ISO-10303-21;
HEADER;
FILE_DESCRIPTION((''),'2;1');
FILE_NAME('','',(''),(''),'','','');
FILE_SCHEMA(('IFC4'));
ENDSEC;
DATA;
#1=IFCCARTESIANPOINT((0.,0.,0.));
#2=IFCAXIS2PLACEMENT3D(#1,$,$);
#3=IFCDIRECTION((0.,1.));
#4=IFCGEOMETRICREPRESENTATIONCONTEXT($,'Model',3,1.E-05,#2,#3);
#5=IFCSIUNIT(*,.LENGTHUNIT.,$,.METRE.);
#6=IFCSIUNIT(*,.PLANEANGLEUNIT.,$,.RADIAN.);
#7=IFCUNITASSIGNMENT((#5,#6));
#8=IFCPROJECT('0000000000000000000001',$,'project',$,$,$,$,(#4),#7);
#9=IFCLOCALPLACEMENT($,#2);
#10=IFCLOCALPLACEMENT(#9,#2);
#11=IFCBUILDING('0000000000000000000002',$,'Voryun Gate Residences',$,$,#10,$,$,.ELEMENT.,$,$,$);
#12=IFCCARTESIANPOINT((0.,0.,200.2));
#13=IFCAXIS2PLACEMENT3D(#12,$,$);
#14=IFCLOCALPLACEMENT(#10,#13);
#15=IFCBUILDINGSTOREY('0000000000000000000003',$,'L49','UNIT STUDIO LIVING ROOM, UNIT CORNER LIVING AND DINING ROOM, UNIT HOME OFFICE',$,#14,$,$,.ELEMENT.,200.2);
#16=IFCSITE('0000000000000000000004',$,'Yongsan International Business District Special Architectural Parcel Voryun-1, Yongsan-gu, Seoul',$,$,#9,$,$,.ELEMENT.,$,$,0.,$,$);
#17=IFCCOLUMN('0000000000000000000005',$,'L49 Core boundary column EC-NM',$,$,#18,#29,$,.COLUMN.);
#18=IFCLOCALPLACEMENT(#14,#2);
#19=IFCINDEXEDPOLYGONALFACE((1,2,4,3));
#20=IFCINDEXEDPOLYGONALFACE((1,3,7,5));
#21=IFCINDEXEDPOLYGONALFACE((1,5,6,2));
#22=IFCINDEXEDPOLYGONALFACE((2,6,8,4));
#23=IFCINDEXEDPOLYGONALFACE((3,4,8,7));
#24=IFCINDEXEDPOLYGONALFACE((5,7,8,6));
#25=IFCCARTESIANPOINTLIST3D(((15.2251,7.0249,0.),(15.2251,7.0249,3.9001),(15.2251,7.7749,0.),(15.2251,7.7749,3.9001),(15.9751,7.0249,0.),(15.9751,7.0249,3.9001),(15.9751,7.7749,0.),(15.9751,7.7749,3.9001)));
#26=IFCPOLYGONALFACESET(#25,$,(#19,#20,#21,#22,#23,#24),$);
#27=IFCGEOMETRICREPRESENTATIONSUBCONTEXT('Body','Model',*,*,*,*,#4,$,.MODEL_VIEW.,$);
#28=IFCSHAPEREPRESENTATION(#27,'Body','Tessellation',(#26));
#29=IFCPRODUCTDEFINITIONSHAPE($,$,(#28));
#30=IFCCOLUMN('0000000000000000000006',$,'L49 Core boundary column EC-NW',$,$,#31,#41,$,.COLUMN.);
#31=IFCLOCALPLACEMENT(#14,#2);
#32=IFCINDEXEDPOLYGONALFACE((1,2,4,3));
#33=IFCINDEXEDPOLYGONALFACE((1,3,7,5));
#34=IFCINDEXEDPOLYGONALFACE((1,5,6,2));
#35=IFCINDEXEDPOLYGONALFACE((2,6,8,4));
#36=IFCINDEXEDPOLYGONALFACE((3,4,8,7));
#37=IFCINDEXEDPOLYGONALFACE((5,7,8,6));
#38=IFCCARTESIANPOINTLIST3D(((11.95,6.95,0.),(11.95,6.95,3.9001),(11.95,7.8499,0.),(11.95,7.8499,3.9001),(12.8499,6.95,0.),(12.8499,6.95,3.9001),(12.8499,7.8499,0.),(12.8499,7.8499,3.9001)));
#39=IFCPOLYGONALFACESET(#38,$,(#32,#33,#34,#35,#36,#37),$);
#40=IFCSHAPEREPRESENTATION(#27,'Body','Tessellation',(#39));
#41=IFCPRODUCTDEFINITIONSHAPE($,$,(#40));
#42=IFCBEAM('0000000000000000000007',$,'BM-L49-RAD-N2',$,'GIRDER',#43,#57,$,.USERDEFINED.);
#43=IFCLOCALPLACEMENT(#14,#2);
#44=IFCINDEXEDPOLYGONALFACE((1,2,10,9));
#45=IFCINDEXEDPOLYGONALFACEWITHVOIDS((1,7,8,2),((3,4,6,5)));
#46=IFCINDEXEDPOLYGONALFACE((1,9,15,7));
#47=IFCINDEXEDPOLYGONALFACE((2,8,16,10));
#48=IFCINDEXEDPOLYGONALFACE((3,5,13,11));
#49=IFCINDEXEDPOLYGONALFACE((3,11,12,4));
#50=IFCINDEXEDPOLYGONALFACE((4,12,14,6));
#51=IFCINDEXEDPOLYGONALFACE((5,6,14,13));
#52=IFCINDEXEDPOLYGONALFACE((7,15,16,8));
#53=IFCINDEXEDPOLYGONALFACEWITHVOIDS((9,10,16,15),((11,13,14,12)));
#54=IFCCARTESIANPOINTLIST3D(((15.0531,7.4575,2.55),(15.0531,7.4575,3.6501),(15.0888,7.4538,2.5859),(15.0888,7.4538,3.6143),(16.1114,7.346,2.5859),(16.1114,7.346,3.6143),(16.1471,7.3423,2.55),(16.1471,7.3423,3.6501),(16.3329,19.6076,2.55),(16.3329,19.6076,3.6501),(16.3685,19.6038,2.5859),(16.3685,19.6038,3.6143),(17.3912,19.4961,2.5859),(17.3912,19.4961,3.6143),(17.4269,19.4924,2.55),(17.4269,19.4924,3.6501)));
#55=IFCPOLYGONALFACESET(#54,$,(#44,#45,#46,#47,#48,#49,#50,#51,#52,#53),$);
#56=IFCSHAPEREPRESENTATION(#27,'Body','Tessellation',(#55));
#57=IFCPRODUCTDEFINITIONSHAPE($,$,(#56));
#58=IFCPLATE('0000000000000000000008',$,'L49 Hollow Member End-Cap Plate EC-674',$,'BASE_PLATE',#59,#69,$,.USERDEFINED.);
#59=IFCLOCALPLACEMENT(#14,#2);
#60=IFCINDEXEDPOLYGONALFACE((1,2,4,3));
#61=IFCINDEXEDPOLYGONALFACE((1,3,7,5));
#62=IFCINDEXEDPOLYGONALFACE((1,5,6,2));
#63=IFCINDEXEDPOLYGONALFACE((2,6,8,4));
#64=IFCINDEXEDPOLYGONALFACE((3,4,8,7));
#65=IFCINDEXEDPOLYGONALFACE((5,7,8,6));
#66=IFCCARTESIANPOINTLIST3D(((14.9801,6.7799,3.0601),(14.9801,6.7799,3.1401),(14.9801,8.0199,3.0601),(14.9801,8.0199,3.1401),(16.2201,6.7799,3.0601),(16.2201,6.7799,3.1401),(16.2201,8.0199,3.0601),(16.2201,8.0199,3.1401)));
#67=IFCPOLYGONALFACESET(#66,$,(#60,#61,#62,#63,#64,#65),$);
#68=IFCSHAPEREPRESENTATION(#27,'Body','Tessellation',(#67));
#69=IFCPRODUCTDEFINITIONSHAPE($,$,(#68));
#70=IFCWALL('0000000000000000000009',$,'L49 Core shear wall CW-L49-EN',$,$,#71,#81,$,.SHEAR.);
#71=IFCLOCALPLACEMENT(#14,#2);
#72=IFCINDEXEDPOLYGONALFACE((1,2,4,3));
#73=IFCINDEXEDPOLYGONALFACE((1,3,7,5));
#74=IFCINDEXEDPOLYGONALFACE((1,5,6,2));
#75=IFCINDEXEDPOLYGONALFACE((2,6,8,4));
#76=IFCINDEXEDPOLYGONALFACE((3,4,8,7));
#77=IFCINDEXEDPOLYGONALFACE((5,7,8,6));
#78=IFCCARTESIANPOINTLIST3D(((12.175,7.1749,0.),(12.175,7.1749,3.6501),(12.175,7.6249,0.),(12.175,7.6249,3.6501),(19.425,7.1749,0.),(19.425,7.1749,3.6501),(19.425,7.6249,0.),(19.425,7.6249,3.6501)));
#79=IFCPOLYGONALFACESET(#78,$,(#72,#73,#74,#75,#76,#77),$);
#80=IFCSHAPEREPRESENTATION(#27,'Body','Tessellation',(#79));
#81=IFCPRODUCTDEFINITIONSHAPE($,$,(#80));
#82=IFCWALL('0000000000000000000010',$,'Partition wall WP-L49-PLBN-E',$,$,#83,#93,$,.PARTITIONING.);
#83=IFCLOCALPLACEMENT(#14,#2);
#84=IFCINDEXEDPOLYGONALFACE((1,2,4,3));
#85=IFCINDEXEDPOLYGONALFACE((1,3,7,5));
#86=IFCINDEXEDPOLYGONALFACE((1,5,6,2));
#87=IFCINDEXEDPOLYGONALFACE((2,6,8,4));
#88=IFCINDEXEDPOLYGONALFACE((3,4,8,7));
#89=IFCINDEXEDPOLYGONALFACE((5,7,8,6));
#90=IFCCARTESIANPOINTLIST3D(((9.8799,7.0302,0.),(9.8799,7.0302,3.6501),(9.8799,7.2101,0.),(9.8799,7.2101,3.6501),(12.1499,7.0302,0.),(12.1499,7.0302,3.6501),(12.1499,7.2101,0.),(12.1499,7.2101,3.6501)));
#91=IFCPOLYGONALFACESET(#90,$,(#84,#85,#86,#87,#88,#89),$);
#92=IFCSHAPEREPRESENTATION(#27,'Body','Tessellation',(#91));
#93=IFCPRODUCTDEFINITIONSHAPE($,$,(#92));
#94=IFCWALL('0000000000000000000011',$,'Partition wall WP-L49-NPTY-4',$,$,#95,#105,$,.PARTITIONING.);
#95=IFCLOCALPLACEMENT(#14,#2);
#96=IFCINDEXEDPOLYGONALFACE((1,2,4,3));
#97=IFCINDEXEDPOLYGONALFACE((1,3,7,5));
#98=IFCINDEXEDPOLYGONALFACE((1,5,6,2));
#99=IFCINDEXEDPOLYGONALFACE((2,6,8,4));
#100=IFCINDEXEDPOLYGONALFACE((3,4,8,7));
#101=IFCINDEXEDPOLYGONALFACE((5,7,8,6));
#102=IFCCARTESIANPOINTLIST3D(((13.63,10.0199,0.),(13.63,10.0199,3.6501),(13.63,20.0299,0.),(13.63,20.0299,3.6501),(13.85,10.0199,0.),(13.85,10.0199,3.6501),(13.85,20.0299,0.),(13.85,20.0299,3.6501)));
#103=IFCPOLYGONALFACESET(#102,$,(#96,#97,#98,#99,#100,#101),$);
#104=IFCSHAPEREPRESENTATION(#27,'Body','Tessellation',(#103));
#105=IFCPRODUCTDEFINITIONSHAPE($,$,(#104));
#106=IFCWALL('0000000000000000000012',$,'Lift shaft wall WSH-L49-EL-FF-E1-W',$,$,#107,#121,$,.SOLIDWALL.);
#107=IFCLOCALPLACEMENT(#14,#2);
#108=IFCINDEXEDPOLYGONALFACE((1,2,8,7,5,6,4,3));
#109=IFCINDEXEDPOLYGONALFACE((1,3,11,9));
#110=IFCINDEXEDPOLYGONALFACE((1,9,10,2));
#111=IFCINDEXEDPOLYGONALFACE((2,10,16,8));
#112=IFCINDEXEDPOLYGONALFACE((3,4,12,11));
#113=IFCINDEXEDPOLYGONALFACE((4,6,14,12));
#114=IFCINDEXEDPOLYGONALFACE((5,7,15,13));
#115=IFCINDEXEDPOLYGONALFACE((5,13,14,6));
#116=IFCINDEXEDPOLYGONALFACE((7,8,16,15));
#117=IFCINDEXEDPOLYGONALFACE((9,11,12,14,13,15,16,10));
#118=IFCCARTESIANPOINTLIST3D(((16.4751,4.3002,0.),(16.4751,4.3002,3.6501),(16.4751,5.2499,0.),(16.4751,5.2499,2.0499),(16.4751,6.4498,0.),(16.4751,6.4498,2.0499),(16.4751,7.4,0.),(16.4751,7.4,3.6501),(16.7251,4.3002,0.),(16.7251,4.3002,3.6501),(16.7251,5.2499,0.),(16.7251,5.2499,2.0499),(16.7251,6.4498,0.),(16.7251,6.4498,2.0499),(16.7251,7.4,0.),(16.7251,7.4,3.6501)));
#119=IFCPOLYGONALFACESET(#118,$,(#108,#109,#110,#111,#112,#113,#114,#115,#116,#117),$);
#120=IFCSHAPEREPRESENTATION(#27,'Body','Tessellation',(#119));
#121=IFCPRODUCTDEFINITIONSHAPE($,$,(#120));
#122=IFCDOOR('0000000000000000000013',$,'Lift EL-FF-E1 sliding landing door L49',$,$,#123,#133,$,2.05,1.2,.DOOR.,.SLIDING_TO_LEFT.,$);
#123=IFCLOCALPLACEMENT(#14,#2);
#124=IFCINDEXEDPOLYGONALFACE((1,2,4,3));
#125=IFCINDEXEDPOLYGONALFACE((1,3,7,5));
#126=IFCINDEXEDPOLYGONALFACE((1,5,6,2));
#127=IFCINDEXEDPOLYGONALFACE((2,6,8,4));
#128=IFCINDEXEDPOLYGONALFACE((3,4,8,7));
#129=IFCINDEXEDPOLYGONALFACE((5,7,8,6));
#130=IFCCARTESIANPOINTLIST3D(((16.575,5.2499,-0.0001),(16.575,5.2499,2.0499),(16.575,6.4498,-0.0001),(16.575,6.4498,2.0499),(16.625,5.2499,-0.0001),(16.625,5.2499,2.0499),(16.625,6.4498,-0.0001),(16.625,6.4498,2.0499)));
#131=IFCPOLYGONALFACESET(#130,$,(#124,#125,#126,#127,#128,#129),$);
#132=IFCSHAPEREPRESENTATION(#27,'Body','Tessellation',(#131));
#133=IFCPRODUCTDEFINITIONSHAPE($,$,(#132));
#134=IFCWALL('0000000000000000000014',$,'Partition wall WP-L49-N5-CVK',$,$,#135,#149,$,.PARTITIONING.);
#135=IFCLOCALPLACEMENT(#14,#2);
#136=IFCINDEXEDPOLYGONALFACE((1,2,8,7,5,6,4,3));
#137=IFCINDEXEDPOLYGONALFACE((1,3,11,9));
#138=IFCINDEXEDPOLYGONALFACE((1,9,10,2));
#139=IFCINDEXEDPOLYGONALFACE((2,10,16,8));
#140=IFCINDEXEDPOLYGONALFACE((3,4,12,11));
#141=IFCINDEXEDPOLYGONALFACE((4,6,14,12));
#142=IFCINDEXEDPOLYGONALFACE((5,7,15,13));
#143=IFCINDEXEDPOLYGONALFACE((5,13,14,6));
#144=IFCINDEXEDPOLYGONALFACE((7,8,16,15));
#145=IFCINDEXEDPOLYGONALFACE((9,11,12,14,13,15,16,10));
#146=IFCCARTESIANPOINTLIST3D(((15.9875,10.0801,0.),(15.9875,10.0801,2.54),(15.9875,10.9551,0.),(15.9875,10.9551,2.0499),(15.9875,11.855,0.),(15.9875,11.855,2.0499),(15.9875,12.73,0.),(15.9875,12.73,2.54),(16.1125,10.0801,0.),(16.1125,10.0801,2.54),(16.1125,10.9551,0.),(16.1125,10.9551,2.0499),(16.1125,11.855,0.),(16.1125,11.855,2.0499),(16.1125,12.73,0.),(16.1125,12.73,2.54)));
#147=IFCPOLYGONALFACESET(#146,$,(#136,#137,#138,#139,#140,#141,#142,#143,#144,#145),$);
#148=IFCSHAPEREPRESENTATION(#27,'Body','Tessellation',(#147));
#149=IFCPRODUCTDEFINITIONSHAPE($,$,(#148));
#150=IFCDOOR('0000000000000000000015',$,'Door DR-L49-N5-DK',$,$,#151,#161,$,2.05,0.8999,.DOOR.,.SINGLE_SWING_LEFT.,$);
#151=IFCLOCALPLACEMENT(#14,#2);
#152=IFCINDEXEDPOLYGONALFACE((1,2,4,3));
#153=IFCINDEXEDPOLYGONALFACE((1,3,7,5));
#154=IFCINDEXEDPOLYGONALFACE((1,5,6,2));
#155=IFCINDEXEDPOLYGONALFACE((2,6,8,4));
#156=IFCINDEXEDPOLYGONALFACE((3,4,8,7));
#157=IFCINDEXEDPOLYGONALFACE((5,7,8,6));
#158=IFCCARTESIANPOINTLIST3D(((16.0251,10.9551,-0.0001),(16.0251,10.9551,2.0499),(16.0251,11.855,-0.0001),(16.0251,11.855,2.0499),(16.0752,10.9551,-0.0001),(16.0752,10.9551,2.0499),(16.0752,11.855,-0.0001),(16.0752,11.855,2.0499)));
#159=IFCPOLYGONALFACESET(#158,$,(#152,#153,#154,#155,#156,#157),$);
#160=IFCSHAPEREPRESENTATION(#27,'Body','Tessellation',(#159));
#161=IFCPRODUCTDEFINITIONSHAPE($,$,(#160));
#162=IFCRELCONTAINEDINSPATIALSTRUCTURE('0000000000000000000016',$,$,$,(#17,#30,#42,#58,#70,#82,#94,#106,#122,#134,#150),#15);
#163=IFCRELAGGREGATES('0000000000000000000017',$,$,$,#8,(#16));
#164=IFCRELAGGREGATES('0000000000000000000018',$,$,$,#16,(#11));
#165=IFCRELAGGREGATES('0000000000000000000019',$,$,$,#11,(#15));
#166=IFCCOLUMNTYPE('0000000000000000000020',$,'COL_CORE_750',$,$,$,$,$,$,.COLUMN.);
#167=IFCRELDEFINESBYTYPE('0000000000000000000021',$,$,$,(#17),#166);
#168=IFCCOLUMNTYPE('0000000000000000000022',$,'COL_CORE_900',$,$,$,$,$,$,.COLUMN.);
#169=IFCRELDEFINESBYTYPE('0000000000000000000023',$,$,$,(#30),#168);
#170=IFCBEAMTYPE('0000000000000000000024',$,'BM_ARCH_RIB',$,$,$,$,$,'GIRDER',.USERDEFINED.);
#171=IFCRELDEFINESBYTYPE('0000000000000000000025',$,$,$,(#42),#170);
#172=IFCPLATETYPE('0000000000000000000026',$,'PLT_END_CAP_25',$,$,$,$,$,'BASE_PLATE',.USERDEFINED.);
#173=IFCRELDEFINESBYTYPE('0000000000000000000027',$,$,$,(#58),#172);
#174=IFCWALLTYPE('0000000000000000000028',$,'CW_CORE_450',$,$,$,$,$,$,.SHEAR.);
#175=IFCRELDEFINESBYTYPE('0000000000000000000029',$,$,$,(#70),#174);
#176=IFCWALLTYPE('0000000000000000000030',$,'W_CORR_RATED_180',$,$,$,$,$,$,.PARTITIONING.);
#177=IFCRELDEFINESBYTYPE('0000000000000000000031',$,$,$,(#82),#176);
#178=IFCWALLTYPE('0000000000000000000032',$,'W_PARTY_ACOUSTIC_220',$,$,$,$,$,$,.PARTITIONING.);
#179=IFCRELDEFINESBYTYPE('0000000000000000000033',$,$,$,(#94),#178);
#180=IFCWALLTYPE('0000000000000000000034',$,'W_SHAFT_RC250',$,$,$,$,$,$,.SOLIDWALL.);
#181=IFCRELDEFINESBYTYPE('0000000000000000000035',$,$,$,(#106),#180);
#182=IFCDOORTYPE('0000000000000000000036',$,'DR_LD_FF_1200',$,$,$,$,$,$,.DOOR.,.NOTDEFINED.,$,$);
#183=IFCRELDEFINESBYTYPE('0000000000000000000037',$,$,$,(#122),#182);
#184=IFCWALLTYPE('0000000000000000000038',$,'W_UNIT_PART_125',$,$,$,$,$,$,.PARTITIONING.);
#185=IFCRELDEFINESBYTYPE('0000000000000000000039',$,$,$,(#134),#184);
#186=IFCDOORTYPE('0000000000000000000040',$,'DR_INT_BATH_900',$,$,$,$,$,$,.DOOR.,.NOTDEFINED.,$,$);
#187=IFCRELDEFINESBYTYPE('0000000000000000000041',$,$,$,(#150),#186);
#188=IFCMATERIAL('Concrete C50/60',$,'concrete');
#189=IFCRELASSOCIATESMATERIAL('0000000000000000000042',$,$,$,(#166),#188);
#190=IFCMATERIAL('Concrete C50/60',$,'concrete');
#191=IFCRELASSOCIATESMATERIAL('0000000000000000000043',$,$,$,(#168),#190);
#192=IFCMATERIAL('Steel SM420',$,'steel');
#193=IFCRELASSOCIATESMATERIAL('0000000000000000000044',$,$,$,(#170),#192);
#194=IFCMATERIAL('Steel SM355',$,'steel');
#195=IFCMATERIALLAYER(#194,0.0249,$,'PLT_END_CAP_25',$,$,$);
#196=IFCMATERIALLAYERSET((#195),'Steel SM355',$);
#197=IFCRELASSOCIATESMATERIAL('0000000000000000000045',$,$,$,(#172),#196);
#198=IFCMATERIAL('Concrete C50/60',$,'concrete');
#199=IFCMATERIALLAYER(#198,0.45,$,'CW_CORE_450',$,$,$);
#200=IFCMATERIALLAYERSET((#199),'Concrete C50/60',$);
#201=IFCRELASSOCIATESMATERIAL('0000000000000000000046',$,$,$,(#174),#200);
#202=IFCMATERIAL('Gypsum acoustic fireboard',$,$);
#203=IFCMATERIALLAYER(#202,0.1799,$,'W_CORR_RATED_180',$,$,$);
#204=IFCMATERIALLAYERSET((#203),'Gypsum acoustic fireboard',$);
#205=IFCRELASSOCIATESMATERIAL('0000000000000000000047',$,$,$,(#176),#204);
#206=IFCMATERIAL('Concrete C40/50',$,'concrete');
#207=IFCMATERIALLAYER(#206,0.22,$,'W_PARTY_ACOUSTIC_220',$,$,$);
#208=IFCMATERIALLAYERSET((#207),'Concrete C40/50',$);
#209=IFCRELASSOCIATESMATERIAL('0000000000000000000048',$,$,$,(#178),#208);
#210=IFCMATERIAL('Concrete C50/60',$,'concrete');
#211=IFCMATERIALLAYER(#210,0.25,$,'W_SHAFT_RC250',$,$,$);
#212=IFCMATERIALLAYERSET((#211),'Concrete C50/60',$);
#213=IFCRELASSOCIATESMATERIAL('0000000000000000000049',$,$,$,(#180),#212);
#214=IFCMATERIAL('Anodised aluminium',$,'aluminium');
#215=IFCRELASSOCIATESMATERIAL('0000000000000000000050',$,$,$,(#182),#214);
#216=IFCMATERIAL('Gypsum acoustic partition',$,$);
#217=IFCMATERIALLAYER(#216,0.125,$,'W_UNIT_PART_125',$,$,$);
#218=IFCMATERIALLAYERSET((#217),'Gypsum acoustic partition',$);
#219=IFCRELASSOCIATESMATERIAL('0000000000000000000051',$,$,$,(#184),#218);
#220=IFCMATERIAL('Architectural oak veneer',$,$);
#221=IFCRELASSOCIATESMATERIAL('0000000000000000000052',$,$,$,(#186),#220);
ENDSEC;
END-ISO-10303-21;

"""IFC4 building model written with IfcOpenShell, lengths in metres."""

from ifc_helpers import new_model, si_unit, direction, frame, frame_2d, origin, origin_2d, place, context, subcontext, project, spatial, rectangle, hollow_rectangle, extrude, material, layer, layer_set, material_profile, profile_set, type_object, element, fill, save


model = new_model("IFC4")

# Units and contexts
model_context = context("Model", 3, precision=1e-05, world=origin(), true_north=direction((0.0, 1.0)))
body_context = subcontext(model_context, "Body", "Model", "MODEL_VIEW")
ifc_project = project(units=[si_unit("LENGTHUNIT", "METRE"), si_unit("PLANEANGLEUNIT", "RADIAN")], contexts=[model_context])

# Site, building, storey
site_placement = place(None, origin())
site = spatial("IfcSite", under=ifc_project, at=site_placement, Name="Yongsan International Business District Special Architectural Parcel Voryun-1, Yongsan-gu, Seoul", CompositionType="ELEMENT", RefElevation=0.0)
building_placement = place(site_placement, origin())
building = spatial("IfcBuilding", under=site, at=building_placement, Name="Voryun Gate Residences", CompositionType="ELEMENT")
storey_placement = place(building_placement, frame((0.0, 0.0, 200.2)))
storey = spatial("IfcBuildingStorey", under=building, at=storey_placement, Name="L49", Description="UNIT STUDIO LIVING ROOM, UNIT CORNER LIVING AND DINING ROOM, UNIT HOME OFFICE", CompositionType="ELEMENT", Elevation=200.2)

# Columns
ifc_material_1 = material(Name="Concrete C50/60", Category="concrete")
ifc_material_profile_1 = material_profile(ifc_material_1, rectangle(XDim=0.75, YDim=0.75, at=origin_2d()), Name="RC-750x750")
ifc_profile_set_1 = profile_set([ifc_material_profile_1], Name="Concrete C50/60")
column_type_1 = type_object("IfcColumnType", Name="COL_CORE_750", PredefinedType="COLUMN", material=ifc_profile_set_1)
column_1_placement = place(storey_placement, frame((15.6001, 7.3999, 0.0), z_axis=(0.0, 0.0, 1.0), x_axis=(1.0, 0.0, 0.0)))
element("IfcColumn", 1, at=column_1_placement, inside=storey, type_object=column_type_1, Name="L49 Core boundary column EC-NM", PredefinedType="COLUMN", context=body_context, shape_type="SweptSolid", body=[
    extrude(rectangle(XDim=0.75, YDim=0.75, at=origin_2d()), origin(), (0.0, 0.0, 1.0), 3.9001),
])
ifc_material_2 = material(Name="Concrete C50/60", Category="concrete")
ifc_material_profile_2 = material_profile(ifc_material_2, rectangle(XDim=0.8999, YDim=0.8999, at=origin_2d()), Name="RC-900x900")
ifc_profile_set_2 = profile_set([ifc_material_profile_2], Name="Concrete C50/60")
column_type_2 = type_object("IfcColumnType", Name="COL_CORE_900", PredefinedType="COLUMN", material=ifc_profile_set_2)
column_2_placement = place(storey_placement, frame((12.3999, 7.3999, 0.0), z_axis=(0.0, 0.0, 1.0), x_axis=(1.0, 0.0, 0.0)))
element("IfcColumn", 2, at=column_2_placement, inside=storey, type_object=column_type_2, Name="L49 Core boundary column EC-NW", PredefinedType="COLUMN", context=body_context, shape_type="SweptSolid", body=[
    extrude(rectangle(XDim=0.8999, YDim=0.8999, at=origin_2d()), origin(), (0.0, 0.0, 1.0), 3.9001),
])

# Beam
ifc_material_3 = material(Name="Steel SM420", Category="steel")
ifc_material_profile_3 = material_profile(ifc_material_3, hollow_rectangle(XDim=1.1001, YDim=1.1001, WallThickness=0.0359, at=origin_2d()), Name="BOX-1100x1100x36")
ifc_profile_set_3 = profile_set([ifc_material_profile_3], Name="Steel SM420")
beam_type = type_object("IfcBeamType", Name="BM_ARCH_RIB", ElementType="GIRDER", PredefinedType="USERDEFINED", material=ifc_profile_set_3)
beam_placement = place(storey_placement, frame((15.6001, 7.3999, 3.1001), z_axis=(0.104751, 0.994498, 0.0), x_axis=(-0.994498, 0.104751, 0.0)))
element("IfcBeam", 3, at=beam_placement, inside=storey, type_object=beam_type, Name="BM-L49-RAD-N2", ObjectType="GIRDER", PredefinedType="USERDEFINED", context=body_context, shape_type="SweptSolid", body=[
    extrude(hollow_rectangle(XDim=1.1001, YDim=1.1001, WallThickness=0.0359, at=origin_2d()), origin(), (0.0, 0.0, 1.0), 12.2173),
])

# Plate
ifc_material_4 = material(Name="Steel SM355", Category="steel")
ifc_layer_1 = layer(ifc_material_4, 0.0249, Name="PLT_END_CAP_25")
ifc_layer_set_1 = layer_set([ifc_layer_1], Name="Steel SM355")
plate_type = type_object("IfcPlateType", Name="PLT_END_CAP_25", ElementType="BASE_PLATE", PredefinedType="USERDEFINED", material=ifc_layer_set_1)
plate_placement = place(storey_placement, frame((15.6001, 7.3999, 3.0601), z_axis=(0.0, 0.0, 1.0), x_axis=(1.0, 0.0, 0.0)))
element("IfcPlate", 4, at=plate_placement, inside=storey, type_object=plate_type, Name="L49 Hollow Member End-Cap Plate EC-674", ObjectType="BASE_PLATE", PredefinedType="USERDEFINED", context=body_context, shape_type="SweptSolid", body=[
    extrude(rectangle(XDim=1.24, YDim=1.24, at=origin_2d()), origin(), (0.0, 0.0, 1.0), 0.0801),
])

# Walls
ifc_material_5 = material(Name="Concrete C50/60", Category="concrete")
ifc_layer_2 = layer(ifc_material_5, 0.45, Name="CW_CORE_450")
ifc_layer_set_2 = layer_set([ifc_layer_2], Name="Concrete C50/60")
wall_type_1 = type_object("IfcWallType", Name="CW_CORE_450", PredefinedType="SHEAR", material=ifc_layer_set_2)
wall_1_placement = place(storey_placement, frame((12.175, 7.3999, 0.0), z_axis=(0.0, 0.0, 1.0), x_axis=(1.0, 0.0, 0.0)))
element("IfcWall", 5, at=wall_1_placement, inside=storey, type_object=wall_type_1, Name="L49 Core shear wall CW-L49-EN", PredefinedType="SHEAR", context=body_context, shape_type="SweptSolid", body=[
    extrude(rectangle(XDim=7.25, YDim=0.45, at=frame_2d((3.625, 0.0))), origin(), (0.0, 0.0, 1.0), 3.6501),
])
ifc_material_6 = material(Name="Gypsum acoustic fireboard")
ifc_layer_3 = layer(ifc_material_6, 0.1799, Name="W_CORR_RATED_180")
ifc_layer_set_3 = layer_set([ifc_layer_3], Name="Gypsum acoustic fireboard")
wall_type_2 = type_object("IfcWallType", Name="W_CORR_RATED_180", PredefinedType="PARTITIONING", material=ifc_layer_set_3)
wall_2_placement = place(storey_placement, frame((9.8799, 7.1201, 0.0), z_axis=(0.0, 0.0, 1.0), x_axis=(1.0, 0.0, 0.0)))
element("IfcWall", 6, at=wall_2_placement, inside=storey, type_object=wall_type_2, Name="Partition wall WP-L49-PLBN-E", PredefinedType="PARTITIONING", context=body_context, shape_type="SweptSolid", body=[
    extrude(rectangle(XDim=2.27, YDim=0.1799, at=frame_2d((1.135, 0.0))), origin(), (0.0, 0.0, 1.0), 3.6501),
])
ifc_material_7 = material(Name="Concrete C40/50", Category="concrete")
ifc_layer_4 = layer(ifc_material_7, 0.22, Name="W_PARTY_ACOUSTIC_220")
ifc_layer_set_4 = layer_set([ifc_layer_4], Name="Concrete C40/50")
wall_type_3 = type_object("IfcWallType", Name="W_PARTY_ACOUSTIC_220", PredefinedType="PARTITIONING", material=ifc_layer_set_4)
wall_3_placement = place(storey_placement, frame((13.74, 10.02, 0.0), z_axis=(0.0, 0.0, 1.0), x_axis=(0.0, 1.0, 0.0)))
element("IfcWall", 7, at=wall_3_placement, inside=storey, type_object=wall_type_3, Name="Partition wall WP-L49-NPTY-4", PredefinedType="PARTITIONING", context=body_context, shape_type="SweptSolid", body=[
    extrude(rectangle(XDim=10.01, YDim=0.22, at=frame_2d((5.0049, 0.0))), origin(), (0.0, 0.0, 1.0), 3.6501),
])

# Walls, openings, doors
ifc_material_8 = material(Name="Concrete C50/60", Category="concrete")
ifc_layer_5 = layer(ifc_material_8, 0.25, Name="W_SHAFT_RC250")
ifc_layer_set_5 = layer_set([ifc_layer_5], Name="Concrete C50/60")
wall_type_4 = type_object("IfcWallType", Name="W_SHAFT_RC250", PredefinedType="SOLIDWALL", material=ifc_layer_set_5)
wall_4_placement = place(storey_placement, frame((16.6001, 7.3999, 0.0), z_axis=(0.0, 0.0, 1.0), x_axis=(0.0, -1.0, 0.0)))
wall_4 = element("IfcWall", 8, at=wall_4_placement, inside=storey, type_object=wall_type_4, Name="Lift shaft wall WSH-L49-EL-FF-E1-W", PredefinedType="SOLIDWALL", context=body_context, shape_type="SweptSolid", body=[
    extrude(rectangle(XDim=3.0999, YDim=0.25, at=frame_2d((1.5498, 0.0))), origin(), (0.0, 0.0, 1.0), 3.6501),
])
opening_1_placement = place(wall_4_placement, frame((0.95, 0.0, 0.0)))
opening_1 = element("IfcOpeningElement", 9, at=opening_1_placement, cuts=wall_4, PredefinedType="OPENING", context=body_context, shape_type="SweptSolid", body=[
    extrude(rectangle(XDim=1.2, YDim=2.05, at=frame_2d((0.6001, 1.0249))), frame((0.0, 0.135, 0.0), z_axis=(0.0, -1.0, 0.0), x_axis=(1.0, 0.0, 0.0)), (0.0, 0.0, 1.0), 0.27),
])
ifc_material_9 = material(Name="Anodised aluminium", Category="aluminium")
door_type_1 = type_object("IfcDoorType", Name="DR_LD_FF_1200", OperationType="NOTDEFINED", PredefinedType="DOOR", material=ifc_material_9)
door_1_placement = place(opening_1_placement, origin())
door_1 = element("IfcDoor", 10, at=door_1_placement, inside=storey, type_object=door_type_1, Name="Lift EL-FF-E1 sliding landing door L49", OperationType="SLIDING_TO_LEFT", OverallHeight=2.05, OverallWidth=1.2, PredefinedType="DOOR", context=body_context, shape_type="SweptSolid", body=[
    extrude(rectangle(XDim=1.2, YDim=2.05, at=frame_2d((0.6001, 1.0249))), frame((0.0, 0.0249, 0.0), z_axis=(0.0, -1.0, 0.0), x_axis=(1.0, 0.0, 0.0)), (0.0, 0.0, 1.0), 0.05),
])
fill(opening_1, door_1)
ifc_material_10 = material(Name="Gypsum acoustic partition")
ifc_layer_6 = layer(ifc_material_10, 0.125, Name="W_UNIT_PART_125")
ifc_layer_set_6 = layer_set([ifc_layer_6], Name="Gypsum acoustic partition")
wall_type_5 = type_object("IfcWallType", Name="W_UNIT_PART_125", PredefinedType="PARTITIONING", material=ifc_layer_set_6)
wall_5_placement = place(storey_placement, frame((16.05, 10.0801, 0.0), z_axis=(0.0, 0.0, 1.0), x_axis=(0.0, 1.0, 0.0)))
wall_5 = element("IfcWall", 11, at=wall_5_placement, inside=storey, type_object=wall_type_5, Name="Partition wall WP-L49-N5-CVK", PredefinedType="PARTITIONING", context=body_context, shape_type="SweptSolid", body=[
    extrude(rectangle(XDim=2.6499, YDim=0.125, at=frame_2d((1.325, 0.0))), origin(), (0.0, 0.0, 1.0), 2.54),
])
opening_2_placement = place(wall_5_placement, frame((0.875, 0.0, 0.0)))
opening_2 = element("IfcOpeningElement", 12, at=opening_2_placement, cuts=wall_5, PredefinedType="OPENING", context=body_context, shape_type="SweptSolid", body=[
    extrude(rectangle(XDim=0.8999, YDim=2.05, at=frame_2d((0.45, 1.0249))), frame((0.0, 0.0725, 0.0), z_axis=(0.0, -1.0, 0.0), x_axis=(1.0, 0.0, 0.0)), (0.0, 0.0, 1.0), 0.145),
])
ifc_material_11 = material(Name="Architectural oak veneer")
door_type_2 = type_object("IfcDoorType", Name="DR_INT_BATH_900", OperationType="NOTDEFINED", PredefinedType="DOOR", material=ifc_material_11)
door_2_placement = place(opening_2_placement, origin())
door_2 = element("IfcDoor", 13, at=door_2_placement, inside=storey, type_object=door_type_2, Name="Door DR-L49-N5-DK", OperationType="SINGLE_SWING_LEFT", OverallHeight=2.05, OverallWidth=0.8999, PredefinedType="DOOR", context=body_context, shape_type="SweptSolid", body=[
    extrude(rectangle(XDim=0.8999, YDim=2.05, at=frame_2d((0.45, 1.0249))), frame((0.0, 0.0249, 0.0), z_axis=(0.0, -1.0, 0.0), x_axis=(1.0, 0.0, 0.0)), (0.0, 0.0, 1.0), 0.05),
])
fill(opening_2, door_2)

save(model, "model.ifc")
